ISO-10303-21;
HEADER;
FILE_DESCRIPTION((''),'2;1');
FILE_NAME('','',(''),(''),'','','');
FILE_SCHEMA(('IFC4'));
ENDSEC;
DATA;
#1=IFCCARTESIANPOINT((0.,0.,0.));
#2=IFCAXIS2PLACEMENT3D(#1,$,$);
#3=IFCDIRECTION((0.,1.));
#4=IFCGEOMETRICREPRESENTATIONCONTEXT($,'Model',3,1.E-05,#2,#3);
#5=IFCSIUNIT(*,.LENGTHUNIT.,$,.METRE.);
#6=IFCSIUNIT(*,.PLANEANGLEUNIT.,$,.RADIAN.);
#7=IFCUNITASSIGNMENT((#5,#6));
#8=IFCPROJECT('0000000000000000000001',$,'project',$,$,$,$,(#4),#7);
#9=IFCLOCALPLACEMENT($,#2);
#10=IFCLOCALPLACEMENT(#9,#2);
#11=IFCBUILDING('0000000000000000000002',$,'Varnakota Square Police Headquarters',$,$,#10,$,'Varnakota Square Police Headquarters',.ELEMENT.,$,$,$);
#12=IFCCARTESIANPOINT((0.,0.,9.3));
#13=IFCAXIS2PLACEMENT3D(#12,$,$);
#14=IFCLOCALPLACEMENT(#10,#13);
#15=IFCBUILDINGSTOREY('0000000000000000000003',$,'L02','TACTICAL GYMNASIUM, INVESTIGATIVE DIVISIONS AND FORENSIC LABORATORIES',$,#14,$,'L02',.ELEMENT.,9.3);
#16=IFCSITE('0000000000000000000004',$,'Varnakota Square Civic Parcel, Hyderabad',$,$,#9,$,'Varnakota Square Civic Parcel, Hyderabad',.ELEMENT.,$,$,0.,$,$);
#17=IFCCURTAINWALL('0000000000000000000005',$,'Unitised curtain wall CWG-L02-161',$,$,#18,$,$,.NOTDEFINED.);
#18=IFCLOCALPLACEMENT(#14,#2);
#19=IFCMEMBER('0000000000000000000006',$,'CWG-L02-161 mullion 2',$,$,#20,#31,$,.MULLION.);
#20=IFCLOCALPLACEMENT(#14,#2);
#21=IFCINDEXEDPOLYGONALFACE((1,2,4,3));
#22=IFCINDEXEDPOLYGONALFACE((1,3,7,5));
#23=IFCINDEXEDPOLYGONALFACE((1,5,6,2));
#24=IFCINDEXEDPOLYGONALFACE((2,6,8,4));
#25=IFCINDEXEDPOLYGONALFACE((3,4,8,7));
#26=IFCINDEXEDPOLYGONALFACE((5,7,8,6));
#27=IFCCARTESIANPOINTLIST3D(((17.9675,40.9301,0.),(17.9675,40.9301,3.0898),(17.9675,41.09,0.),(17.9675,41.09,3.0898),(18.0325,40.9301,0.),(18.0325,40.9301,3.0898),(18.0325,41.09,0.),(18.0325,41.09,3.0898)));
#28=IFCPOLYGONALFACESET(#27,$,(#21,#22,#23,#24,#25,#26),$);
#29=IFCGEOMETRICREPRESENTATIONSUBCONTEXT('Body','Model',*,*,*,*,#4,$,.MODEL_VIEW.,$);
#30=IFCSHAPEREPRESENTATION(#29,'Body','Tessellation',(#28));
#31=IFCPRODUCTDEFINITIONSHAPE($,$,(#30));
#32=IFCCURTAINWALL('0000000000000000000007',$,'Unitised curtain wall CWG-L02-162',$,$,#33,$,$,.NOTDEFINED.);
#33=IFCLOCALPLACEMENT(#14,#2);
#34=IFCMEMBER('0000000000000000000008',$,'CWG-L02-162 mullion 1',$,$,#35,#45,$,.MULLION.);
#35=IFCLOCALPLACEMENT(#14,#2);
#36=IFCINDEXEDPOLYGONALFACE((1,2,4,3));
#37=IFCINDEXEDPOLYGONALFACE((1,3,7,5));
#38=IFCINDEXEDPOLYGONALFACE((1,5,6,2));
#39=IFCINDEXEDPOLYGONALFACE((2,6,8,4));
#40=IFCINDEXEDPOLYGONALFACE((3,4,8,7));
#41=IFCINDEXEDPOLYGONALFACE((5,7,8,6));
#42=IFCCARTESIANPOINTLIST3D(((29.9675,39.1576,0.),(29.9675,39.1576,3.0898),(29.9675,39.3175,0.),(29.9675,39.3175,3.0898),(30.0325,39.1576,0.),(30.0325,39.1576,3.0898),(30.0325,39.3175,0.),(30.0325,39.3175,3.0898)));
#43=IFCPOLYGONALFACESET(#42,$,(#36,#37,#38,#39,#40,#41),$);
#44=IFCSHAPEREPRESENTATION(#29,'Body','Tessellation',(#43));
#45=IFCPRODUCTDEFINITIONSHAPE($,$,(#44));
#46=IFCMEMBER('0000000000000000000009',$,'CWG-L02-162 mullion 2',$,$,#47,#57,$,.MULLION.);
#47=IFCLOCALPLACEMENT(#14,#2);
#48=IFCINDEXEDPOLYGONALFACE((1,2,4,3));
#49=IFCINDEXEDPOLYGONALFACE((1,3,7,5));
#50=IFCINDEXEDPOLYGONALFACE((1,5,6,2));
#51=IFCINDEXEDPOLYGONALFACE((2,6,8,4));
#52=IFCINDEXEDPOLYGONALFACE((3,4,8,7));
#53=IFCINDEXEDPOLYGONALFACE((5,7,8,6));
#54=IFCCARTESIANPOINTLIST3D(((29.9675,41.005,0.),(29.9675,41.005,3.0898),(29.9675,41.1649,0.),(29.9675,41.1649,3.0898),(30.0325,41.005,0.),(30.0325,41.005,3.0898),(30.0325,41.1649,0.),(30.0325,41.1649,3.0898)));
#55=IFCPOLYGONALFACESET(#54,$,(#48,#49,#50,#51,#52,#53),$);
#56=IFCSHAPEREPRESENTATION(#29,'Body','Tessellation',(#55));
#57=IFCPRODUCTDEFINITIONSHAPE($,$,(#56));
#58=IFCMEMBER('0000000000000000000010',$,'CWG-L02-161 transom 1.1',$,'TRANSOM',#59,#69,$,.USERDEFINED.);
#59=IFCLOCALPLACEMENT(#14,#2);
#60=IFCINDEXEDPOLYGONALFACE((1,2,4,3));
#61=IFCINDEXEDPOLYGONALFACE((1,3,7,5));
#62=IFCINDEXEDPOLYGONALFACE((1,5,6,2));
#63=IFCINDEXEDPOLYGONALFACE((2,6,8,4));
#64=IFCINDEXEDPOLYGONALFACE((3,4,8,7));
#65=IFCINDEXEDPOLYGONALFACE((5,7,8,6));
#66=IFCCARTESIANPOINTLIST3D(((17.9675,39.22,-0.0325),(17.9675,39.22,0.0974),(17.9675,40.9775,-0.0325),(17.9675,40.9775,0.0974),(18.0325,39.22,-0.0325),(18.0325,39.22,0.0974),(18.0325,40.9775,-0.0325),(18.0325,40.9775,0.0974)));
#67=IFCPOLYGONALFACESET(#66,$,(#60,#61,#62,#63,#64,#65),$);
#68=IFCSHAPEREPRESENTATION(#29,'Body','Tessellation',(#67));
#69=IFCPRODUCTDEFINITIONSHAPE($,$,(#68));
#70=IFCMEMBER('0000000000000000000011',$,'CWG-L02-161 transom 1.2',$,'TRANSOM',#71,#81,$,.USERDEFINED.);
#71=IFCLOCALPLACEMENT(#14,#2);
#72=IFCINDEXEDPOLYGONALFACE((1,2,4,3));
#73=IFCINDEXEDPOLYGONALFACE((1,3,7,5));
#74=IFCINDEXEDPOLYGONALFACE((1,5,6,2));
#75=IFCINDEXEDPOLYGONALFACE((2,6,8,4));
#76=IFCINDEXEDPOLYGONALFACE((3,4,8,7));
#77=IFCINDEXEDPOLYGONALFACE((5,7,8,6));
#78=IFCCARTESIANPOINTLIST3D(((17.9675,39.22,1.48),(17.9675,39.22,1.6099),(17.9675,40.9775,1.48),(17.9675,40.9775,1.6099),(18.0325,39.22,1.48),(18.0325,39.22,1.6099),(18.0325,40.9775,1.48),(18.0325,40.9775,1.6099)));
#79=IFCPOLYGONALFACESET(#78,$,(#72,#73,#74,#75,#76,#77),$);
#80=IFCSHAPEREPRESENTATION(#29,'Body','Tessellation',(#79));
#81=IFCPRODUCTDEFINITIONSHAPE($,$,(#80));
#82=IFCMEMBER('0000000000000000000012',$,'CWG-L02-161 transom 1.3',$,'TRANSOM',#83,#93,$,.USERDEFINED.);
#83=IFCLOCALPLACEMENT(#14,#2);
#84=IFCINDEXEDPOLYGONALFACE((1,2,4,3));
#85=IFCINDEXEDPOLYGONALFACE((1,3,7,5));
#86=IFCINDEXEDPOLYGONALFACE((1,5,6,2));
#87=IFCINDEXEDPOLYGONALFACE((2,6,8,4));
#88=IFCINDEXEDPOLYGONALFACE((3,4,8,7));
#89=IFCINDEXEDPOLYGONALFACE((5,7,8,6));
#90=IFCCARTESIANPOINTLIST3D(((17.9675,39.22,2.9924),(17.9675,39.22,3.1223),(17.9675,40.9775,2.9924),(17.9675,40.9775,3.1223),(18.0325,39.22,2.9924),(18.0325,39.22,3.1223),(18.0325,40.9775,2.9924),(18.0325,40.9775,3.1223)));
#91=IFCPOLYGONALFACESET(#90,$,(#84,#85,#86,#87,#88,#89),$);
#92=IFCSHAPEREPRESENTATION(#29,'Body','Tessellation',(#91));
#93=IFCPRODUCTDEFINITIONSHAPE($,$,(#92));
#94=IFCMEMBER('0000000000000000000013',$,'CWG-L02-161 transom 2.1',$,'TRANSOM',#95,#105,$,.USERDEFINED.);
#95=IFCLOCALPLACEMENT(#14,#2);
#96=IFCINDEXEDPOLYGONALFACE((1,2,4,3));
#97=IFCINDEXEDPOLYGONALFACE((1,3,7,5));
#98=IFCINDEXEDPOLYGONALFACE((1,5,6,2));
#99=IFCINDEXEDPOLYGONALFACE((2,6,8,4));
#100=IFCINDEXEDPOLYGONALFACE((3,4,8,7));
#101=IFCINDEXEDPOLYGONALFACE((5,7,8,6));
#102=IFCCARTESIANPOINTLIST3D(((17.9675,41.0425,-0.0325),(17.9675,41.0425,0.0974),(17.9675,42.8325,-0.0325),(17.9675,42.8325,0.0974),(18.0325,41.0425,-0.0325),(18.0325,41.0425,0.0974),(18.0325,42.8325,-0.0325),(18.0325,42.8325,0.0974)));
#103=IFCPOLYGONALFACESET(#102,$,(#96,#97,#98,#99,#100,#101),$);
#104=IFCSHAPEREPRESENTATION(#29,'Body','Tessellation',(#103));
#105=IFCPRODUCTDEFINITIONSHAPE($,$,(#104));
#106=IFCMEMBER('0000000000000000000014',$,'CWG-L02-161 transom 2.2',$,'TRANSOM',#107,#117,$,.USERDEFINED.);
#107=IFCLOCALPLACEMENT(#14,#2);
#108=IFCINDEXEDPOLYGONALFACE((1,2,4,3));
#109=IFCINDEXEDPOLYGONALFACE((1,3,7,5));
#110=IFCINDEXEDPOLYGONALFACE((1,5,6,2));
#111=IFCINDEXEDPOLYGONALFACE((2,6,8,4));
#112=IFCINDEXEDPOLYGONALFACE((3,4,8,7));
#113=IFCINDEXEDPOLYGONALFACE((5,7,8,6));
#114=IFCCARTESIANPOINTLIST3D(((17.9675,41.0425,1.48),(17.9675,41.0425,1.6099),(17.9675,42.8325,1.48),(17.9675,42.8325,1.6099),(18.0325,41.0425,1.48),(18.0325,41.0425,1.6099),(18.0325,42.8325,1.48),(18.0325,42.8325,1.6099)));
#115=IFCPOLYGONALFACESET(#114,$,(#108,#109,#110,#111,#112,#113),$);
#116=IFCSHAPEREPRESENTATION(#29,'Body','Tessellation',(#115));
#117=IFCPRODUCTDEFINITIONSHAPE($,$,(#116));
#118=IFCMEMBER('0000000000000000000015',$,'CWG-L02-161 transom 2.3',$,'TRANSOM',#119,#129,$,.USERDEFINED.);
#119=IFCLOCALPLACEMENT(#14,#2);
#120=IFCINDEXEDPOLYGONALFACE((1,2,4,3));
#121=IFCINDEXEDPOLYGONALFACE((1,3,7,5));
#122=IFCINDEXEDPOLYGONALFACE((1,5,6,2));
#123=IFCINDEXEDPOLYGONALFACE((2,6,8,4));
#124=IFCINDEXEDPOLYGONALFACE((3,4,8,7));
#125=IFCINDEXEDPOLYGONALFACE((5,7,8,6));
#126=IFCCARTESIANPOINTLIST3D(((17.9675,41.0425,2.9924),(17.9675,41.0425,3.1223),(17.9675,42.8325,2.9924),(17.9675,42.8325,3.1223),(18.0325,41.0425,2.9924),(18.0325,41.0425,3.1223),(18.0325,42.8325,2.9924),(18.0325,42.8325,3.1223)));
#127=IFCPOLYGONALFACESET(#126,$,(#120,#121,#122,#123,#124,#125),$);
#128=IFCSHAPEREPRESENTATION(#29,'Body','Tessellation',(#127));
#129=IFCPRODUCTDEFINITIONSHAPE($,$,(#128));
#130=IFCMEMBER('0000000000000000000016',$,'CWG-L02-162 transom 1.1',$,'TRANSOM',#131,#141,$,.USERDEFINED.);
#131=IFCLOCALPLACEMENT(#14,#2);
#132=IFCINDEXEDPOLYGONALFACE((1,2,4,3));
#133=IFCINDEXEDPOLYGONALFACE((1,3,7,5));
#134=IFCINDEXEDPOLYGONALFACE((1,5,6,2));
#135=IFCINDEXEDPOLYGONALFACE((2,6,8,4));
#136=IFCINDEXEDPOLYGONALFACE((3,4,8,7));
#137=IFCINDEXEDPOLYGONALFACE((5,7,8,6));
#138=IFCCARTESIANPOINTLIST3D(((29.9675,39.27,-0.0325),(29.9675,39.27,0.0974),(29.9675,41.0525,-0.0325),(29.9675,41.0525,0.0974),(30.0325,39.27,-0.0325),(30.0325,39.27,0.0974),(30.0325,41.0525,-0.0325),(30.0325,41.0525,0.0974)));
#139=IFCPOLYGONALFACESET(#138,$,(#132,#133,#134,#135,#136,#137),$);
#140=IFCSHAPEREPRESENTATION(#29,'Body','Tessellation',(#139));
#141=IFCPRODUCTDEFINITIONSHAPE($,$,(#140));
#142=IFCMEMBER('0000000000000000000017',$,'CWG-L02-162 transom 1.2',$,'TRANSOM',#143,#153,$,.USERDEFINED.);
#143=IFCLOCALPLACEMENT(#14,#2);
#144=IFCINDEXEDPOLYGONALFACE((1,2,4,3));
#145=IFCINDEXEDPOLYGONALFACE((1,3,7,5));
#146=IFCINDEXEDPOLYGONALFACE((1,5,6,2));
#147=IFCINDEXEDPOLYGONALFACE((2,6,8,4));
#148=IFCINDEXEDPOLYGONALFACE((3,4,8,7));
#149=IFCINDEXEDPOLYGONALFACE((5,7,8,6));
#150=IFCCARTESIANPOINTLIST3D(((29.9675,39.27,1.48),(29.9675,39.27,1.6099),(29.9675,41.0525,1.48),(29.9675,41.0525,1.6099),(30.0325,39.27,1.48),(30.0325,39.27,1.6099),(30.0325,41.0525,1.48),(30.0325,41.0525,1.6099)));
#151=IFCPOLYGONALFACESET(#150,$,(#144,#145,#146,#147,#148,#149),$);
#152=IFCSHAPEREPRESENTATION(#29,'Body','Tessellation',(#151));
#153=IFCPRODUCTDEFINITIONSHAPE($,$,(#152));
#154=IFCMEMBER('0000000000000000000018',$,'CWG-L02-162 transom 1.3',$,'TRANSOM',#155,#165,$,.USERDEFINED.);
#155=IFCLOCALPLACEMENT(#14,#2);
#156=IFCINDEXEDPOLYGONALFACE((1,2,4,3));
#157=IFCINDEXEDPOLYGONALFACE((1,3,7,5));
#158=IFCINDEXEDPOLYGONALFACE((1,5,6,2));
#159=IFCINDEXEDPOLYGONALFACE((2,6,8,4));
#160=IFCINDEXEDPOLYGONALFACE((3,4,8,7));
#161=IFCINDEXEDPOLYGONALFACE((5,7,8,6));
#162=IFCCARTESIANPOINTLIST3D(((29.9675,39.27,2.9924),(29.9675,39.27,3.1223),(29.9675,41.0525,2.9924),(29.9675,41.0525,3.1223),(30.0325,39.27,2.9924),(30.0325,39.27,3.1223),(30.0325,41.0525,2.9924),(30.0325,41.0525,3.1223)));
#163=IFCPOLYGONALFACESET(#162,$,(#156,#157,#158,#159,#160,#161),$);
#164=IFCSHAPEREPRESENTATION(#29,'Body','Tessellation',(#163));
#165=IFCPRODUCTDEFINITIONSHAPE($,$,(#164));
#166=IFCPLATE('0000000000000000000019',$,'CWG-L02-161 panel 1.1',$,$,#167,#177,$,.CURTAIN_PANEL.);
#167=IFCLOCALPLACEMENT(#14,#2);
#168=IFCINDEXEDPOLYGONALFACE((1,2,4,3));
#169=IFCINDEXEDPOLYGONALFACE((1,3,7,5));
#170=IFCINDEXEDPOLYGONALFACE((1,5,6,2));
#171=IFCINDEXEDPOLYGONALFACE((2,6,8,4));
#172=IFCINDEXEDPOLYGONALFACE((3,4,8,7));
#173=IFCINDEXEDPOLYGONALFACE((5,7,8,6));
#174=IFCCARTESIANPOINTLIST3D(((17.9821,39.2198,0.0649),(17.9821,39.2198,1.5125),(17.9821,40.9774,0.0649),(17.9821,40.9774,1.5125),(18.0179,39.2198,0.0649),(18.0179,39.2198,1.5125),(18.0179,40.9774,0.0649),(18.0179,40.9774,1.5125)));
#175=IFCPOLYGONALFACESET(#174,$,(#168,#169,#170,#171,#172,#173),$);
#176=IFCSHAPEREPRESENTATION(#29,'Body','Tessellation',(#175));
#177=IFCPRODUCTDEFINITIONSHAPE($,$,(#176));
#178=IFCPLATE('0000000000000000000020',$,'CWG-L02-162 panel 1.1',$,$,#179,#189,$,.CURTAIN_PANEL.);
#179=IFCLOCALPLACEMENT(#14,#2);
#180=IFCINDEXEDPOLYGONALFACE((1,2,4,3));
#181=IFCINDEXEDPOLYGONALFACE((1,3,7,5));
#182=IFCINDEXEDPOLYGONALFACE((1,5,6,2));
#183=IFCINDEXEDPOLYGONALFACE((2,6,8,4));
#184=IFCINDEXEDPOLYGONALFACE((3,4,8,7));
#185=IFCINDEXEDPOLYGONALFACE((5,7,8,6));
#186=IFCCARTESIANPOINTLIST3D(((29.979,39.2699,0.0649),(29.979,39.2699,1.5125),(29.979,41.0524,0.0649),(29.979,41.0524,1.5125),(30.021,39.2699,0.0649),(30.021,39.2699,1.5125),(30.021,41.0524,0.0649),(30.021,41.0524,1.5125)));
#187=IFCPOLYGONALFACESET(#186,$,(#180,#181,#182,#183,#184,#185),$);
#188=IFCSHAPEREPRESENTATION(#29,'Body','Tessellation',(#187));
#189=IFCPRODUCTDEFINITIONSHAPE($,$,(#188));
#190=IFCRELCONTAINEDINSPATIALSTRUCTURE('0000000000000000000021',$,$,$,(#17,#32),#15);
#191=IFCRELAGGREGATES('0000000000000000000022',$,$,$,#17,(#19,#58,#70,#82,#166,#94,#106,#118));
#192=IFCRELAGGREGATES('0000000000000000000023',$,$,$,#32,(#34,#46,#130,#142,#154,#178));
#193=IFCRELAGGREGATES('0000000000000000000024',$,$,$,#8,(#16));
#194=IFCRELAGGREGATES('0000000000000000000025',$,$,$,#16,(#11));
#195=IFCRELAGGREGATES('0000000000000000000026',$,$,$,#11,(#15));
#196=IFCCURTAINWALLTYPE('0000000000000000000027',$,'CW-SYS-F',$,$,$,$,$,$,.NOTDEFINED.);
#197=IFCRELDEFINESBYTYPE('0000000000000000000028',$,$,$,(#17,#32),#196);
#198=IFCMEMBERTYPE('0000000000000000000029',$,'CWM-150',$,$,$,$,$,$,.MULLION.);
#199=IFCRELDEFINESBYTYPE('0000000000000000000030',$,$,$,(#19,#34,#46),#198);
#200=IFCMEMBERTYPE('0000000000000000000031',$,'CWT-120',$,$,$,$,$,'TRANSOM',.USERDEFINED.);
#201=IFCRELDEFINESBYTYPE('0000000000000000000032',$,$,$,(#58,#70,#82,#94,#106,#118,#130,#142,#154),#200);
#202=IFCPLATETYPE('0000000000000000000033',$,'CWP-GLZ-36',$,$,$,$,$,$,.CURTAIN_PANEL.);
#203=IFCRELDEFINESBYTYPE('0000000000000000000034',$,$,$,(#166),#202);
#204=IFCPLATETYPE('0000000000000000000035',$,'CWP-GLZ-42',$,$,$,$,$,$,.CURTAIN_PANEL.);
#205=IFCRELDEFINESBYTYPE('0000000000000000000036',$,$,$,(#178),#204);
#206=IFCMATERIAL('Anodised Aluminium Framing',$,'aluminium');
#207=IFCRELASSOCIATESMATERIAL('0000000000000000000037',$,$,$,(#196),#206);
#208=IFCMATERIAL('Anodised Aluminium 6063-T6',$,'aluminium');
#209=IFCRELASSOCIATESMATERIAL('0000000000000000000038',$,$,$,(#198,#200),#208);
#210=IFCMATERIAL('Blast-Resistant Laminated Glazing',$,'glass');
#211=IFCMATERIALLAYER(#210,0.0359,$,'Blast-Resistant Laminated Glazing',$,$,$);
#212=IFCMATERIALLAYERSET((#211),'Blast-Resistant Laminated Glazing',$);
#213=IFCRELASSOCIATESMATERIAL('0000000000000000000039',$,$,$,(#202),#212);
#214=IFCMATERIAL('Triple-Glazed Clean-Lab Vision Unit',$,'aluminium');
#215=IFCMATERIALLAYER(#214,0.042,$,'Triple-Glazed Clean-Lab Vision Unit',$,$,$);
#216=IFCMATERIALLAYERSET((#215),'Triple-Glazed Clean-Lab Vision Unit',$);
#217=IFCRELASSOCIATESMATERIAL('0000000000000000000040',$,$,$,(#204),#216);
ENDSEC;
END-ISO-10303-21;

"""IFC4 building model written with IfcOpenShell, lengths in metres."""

from ifc_helpers import new_model, si_unit, direction, frame, origin, origin_2d, place, context, subcontext, project, spatial, rectangle, extrude, material, layer, layer_set, material_profile, profile_set, type_object, element, aggregate, save


model = new_model("IFC4")

# Units and contexts
model_context = context("Model", 3, precision=1e-05, world=origin(), true_north=direction((0.0, 1.0)))
body_context = subcontext(model_context, "Body", "Model", "MODEL_VIEW")
ifc_project = project(units=[si_unit("LENGTHUNIT", "METRE"), si_unit("PLANEANGLEUNIT", "RADIAN")], contexts=[model_context])

# Site, building, storey
site_placement = place(None, origin())
site = spatial("IfcSite", under=ifc_project, at=site_placement, Name="Varnakota Square Civic Parcel, Hyderabad", LongName="Varnakota Square Civic Parcel, Hyderabad", CompositionType="ELEMENT", RefElevation=0.0)
building_placement = place(site_placement, origin())
building = spatial("IfcBuilding", under=site, at=building_placement, Name="Varnakota Square Police Headquarters", LongName="Varnakota Square Police Headquarters", CompositionType="ELEMENT")
storey_placement = place(building_placement, frame((0.0, 0.0, 9.3)))
storey = spatial("IfcBuildingStorey", under=building, at=storey_placement, Name="L02", Description="TACTICAL GYMNASIUM, INVESTIGATIVE DIVISIONS AND FORENSIC LABORATORIES", LongName="L02", CompositionType="ELEMENT", Elevation=9.3)

# Curtain walls, members
ifc_material_1 = material(Name="Anodised Aluminium Framing", Category="aluminium")
curtain_wall_type = type_object("IfcCurtainWallType", Name="CW-SYS-F", PredefinedType="NOTDEFINED", material=ifc_material_1)
curtain_wall_1_placement = place(storey_placement, origin())
curtain_wall_1 = element("IfcCurtainWall", 1, at=curtain_wall_1_placement, inside=storey, type_object=curtain_wall_type, Name="Unitised curtain wall CWG-L02-161", PredefinedType="NOTDEFINED")
ifc_material_2 = material(Name="Anodised Aluminium 6063-T6", Category="aluminium")
ifc_material_profile_1 = material_profile(ifc_material_2, rectangle(XDim=0.0649, YDim=0.1599, at=origin_2d()), Name="ALU MULLION 65x160")
ifc_profile_set_1 = profile_set([ifc_material_profile_1], Name="Anodised Aluminium 6063-T6")
member_type_1 = type_object("IfcMemberType", Name="CWM-150", PredefinedType="MULLION", material=ifc_profile_set_1)
member_1_placement = place(storey_placement, frame((18.0, 41.01, 0.0), z_axis=(0.0, 0.0, 1.0), x_axis=(-1.0, 0.0, 0.0)))
member_1 = element("IfcMember", 2, at=member_1_placement, type_object=member_type_1, Name="CWG-L02-161 mullion 2", PredefinedType="MULLION", context=body_context, shape_type="SweptSolid", body=[
    extrude(rectangle(XDim=0.0649, YDim=0.1599, at=origin_2d()), origin(), (0.0, 0.0, 1.0), 3.0898),
])
curtain_wall_2_placement = place(storey_placement, origin())
curtain_wall_2 = element("IfcCurtainWall", 3, at=curtain_wall_2_placement, inside=storey, type_object=curtain_wall_type, Name="Unitised curtain wall CWG-L02-162", PredefinedType="NOTDEFINED")
member_2_placement = place(storey_placement, frame((30.0, 39.2375, 0.0), z_axis=(0.0, 0.0, 1.0), x_axis=(-1.0, 0.0, 0.0)))
member_2 = element("IfcMember", 4, at=member_2_placement, type_object=member_type_1, Name="CWG-L02-162 mullion 1", PredefinedType="MULLION", context=body_context, shape_type="SweptSolid", body=[
    extrude(rectangle(XDim=0.0649, YDim=0.1599, at=origin_2d()), origin(), (0.0, 0.0, 1.0), 3.0898),
])
member_3_placement = place(storey_placement, frame((30.0, 41.085, 0.0), z_axis=(0.0, 0.0, 1.0), x_axis=(-1.0, 0.0, 0.0)))
member_3 = element("IfcMember", 5, at=member_3_placement, type_object=member_type_1, Name="CWG-L02-162 mullion 2", PredefinedType="MULLION", context=body_context, shape_type="SweptSolid", body=[
    extrude(rectangle(XDim=0.0649, YDim=0.1599, at=origin_2d()), origin(), (0.0, 0.0, 1.0), 3.0898),
])

# Members
ifc_material_profile_2 = material_profile(ifc_material_2, rectangle(XDim=0.0649, YDim=0.1299, at=origin_2d()), Name="ALU TRANSOM 65x130")
ifc_profile_set_2 = profile_set([ifc_material_profile_2], Name="Anodised Aluminium 6063-T6")
member_type_2 = type_object("IfcMemberType", Name="CWT-120", ElementType="TRANSOM", PredefinedType="USERDEFINED", material=ifc_profile_set_2)
member_4_placement = place(storey_placement, frame((18.0, 39.22, 0.0325), z_axis=(0.0, 1.0, 0.0), x_axis=(-1.0, 0.0, 0.0)))
member_4 = element("IfcMember", 6, at=member_4_placement, type_object=member_type_2, Name="CWG-L02-161 transom 1.1", ObjectType="TRANSOM", PredefinedType="USERDEFINED", context=body_context, shape_type="SweptSolid", body=[
    extrude(rectangle(XDim=0.0649, YDim=0.1299, at=origin_2d()), origin(), (0.0, 0.0, 1.0), 1.7576),
])
member_5_placement = place(storey_placement, frame((18.0, 39.22, 1.5449), z_axis=(0.0, 1.0, 0.0), x_axis=(-1.0, 0.0, 0.0)))
member_5 = element("IfcMember", 7, at=member_5_placement, type_object=member_type_2, Name="CWG-L02-161 transom 1.2", ObjectType="TRANSOM", PredefinedType="USERDEFINED", context=body_context, shape_type="SweptSolid", body=[
    extrude(rectangle(XDim=0.0649, YDim=0.1299, at=origin_2d()), origin(), (0.0, 0.0, 1.0), 1.7576),
])
member_6_placement = place(storey_placement, frame((18.0, 39.22, 3.0574), z_axis=(0.0, 1.0, 0.0), x_axis=(-1.0, 0.0, 0.0)))
member_6 = element("IfcMember", 8, at=member_6_placement, type_object=member_type_2, Name="CWG-L02-161 transom 1.3", ObjectType="TRANSOM", PredefinedType="USERDEFINED", context=body_context, shape_type="SweptSolid", body=[
    extrude(rectangle(XDim=0.0649, YDim=0.1299, at=origin_2d()), origin(), (0.0, 0.0, 1.0), 1.7576),
])
member_7_placement = place(storey_placement, frame((18.0, 41.0425, 0.0325), z_axis=(0.0, 1.0, 0.0), x_axis=(-1.0, 0.0, 0.0)))
member_7 = element("IfcMember", 9, at=member_7_placement, type_object=member_type_2, Name="CWG-L02-161 transom 2.1", ObjectType="TRANSOM", PredefinedType="USERDEFINED", context=body_context, shape_type="SweptSolid", body=[
    extrude(rectangle(XDim=0.0649, YDim=0.1299, at=origin_2d()), origin(), (0.0, 0.0, 1.0), 1.79),
])
member_8_placement = place(storey_placement, frame((18.0, 41.0425, 1.5449), z_axis=(0.0, 1.0, 0.0), x_axis=(-1.0, 0.0, 0.0)))
member_8 = element("IfcMember", 10, at=member_8_placement, type_object=member_type_2, Name="CWG-L02-161 transom 2.2", ObjectType="TRANSOM", PredefinedType="USERDEFINED", context=body_context, shape_type="SweptSolid", body=[
    extrude(rectangle(XDim=0.0649, YDim=0.1299, at=origin_2d()), origin(), (0.0, 0.0, 1.0), 1.79),
])
member_9_placement = place(storey_placement, frame((18.0, 41.0425, 3.0574), z_axis=(0.0, 1.0, 0.0), x_axis=(-1.0, 0.0, 0.0)))
member_9 = element("IfcMember", 11, at=member_9_placement, type_object=member_type_2, Name="CWG-L02-161 transom 2.3", ObjectType="TRANSOM", PredefinedType="USERDEFINED", context=body_context, shape_type="SweptSolid", body=[
    extrude(rectangle(XDim=0.0649, YDim=0.1299, at=origin_2d()), origin(), (0.0, 0.0, 1.0), 1.79),
])
member_10_placement = place(storey_placement, frame((30.0, 39.27, 0.0325), z_axis=(0.0, 1.0, 0.0), x_axis=(-1.0, 0.0, 0.0)))
member_10 = element("IfcMember", 12, at=member_10_placement, type_object=member_type_2, Name="CWG-L02-162 transom 1.1", ObjectType="TRANSOM", PredefinedType="USERDEFINED", context=body_context, shape_type="SweptSolid", body=[
    extrude(rectangle(XDim=0.0649, YDim=0.1299, at=origin_2d()), origin(), (0.0, 0.0, 1.0), 1.7825),
])
member_11_placement = place(storey_placement, frame((30.0, 39.27, 1.5449), z_axis=(0.0, 1.0, 0.0), x_axis=(-1.0, 0.0, 0.0)))
member_11 = element("IfcMember", 13, at=member_11_placement, type_object=member_type_2, Name="CWG-L02-162 transom 1.2", ObjectType="TRANSOM", PredefinedType="USERDEFINED", context=body_context, shape_type="SweptSolid", body=[
    extrude(rectangle(XDim=0.0649, YDim=0.1299, at=origin_2d()), origin(), (0.0, 0.0, 1.0), 1.7825),
])
member_12_placement = place(storey_placement, frame((30.0, 39.27, 3.0574), z_axis=(0.0, 1.0, 0.0), x_axis=(-1.0, 0.0, 0.0)))
member_12 = element("IfcMember", 14, at=member_12_placement, type_object=member_type_2, Name="CWG-L02-162 transom 1.3", ObjectType="TRANSOM", PredefinedType="USERDEFINED", context=body_context, shape_type="SweptSolid", body=[
    extrude(rectangle(XDim=0.0649, YDim=0.1299, at=origin_2d()), origin(), (0.0, 0.0, 1.0), 1.7825),
])

# Plates
ifc_material_3 = material(Name="Blast-Resistant Laminated Glazing", Category="glass")
ifc_layer_1 = layer(ifc_material_3, 0.0359, Name="Blast-Resistant Laminated Glazing")
ifc_layer_set_1 = layer_set([ifc_layer_1], Name="Blast-Resistant Laminated Glazing")
plate_type_1 = type_object("IfcPlateType", Name="CWP-GLZ-36", PredefinedType="CURTAIN_PANEL", material=ifc_layer_set_1)
plate_1_placement = place(storey_placement, frame((18.0, 40.0986, 0.0649), z_axis=(0.0, 0.0, 1.0), x_axis=(0.0, 1.0, 0.0)))
plate_1 = element("IfcPlate", 15, at=plate_1_placement, type_object=plate_type_1, Name="CWG-L02-161 panel 1.1", PredefinedType="CURTAIN_PANEL", context=body_context, shape_type="SweptSolid", body=[
    extrude(rectangle(XDim=1.7576, YDim=0.0359, at=origin_2d()), origin(), (0.0, 0.0, 1.0), 1.4475),
])
ifc_material_4 = material(Name="Triple-Glazed Clean-Lab Vision Unit", Category="aluminium")
ifc_layer_2 = layer(ifc_material_4, 0.042, Name="Triple-Glazed Clean-Lab Vision Unit")
ifc_layer_set_2 = layer_set([ifc_layer_2], Name="Triple-Glazed Clean-Lab Vision Unit")
plate_type_2 = type_object("IfcPlateType", Name="CWP-GLZ-42", PredefinedType="CURTAIN_PANEL", material=ifc_layer_set_2)
plate_2_placement = place(storey_placement, frame((30.0, 40.1611, 0.0649), z_axis=(0.0, 0.0, 1.0), x_axis=(0.0, 1.0, 0.0)))
plate_2 = element("IfcPlate", 16, at=plate_2_placement, type_object=plate_type_2, Name="CWG-L02-162 panel 1.1", PredefinedType="CURTAIN_PANEL", context=body_context, shape_type="SweptSolid", body=[
    extrude(rectangle(XDim=1.7825, YDim=0.042, at=origin_2d()), origin(), (0.0, 0.0, 1.0), 1.4475),
])
aggregate(curtain_wall_1, [member_1, member_4, member_5, member_6, plate_1, member_7, member_8, member_9])
aggregate(curtain_wall_2, [member_2, member_3, member_10, member_11, member_12, plate_2])

save(model, "model.ifc")
